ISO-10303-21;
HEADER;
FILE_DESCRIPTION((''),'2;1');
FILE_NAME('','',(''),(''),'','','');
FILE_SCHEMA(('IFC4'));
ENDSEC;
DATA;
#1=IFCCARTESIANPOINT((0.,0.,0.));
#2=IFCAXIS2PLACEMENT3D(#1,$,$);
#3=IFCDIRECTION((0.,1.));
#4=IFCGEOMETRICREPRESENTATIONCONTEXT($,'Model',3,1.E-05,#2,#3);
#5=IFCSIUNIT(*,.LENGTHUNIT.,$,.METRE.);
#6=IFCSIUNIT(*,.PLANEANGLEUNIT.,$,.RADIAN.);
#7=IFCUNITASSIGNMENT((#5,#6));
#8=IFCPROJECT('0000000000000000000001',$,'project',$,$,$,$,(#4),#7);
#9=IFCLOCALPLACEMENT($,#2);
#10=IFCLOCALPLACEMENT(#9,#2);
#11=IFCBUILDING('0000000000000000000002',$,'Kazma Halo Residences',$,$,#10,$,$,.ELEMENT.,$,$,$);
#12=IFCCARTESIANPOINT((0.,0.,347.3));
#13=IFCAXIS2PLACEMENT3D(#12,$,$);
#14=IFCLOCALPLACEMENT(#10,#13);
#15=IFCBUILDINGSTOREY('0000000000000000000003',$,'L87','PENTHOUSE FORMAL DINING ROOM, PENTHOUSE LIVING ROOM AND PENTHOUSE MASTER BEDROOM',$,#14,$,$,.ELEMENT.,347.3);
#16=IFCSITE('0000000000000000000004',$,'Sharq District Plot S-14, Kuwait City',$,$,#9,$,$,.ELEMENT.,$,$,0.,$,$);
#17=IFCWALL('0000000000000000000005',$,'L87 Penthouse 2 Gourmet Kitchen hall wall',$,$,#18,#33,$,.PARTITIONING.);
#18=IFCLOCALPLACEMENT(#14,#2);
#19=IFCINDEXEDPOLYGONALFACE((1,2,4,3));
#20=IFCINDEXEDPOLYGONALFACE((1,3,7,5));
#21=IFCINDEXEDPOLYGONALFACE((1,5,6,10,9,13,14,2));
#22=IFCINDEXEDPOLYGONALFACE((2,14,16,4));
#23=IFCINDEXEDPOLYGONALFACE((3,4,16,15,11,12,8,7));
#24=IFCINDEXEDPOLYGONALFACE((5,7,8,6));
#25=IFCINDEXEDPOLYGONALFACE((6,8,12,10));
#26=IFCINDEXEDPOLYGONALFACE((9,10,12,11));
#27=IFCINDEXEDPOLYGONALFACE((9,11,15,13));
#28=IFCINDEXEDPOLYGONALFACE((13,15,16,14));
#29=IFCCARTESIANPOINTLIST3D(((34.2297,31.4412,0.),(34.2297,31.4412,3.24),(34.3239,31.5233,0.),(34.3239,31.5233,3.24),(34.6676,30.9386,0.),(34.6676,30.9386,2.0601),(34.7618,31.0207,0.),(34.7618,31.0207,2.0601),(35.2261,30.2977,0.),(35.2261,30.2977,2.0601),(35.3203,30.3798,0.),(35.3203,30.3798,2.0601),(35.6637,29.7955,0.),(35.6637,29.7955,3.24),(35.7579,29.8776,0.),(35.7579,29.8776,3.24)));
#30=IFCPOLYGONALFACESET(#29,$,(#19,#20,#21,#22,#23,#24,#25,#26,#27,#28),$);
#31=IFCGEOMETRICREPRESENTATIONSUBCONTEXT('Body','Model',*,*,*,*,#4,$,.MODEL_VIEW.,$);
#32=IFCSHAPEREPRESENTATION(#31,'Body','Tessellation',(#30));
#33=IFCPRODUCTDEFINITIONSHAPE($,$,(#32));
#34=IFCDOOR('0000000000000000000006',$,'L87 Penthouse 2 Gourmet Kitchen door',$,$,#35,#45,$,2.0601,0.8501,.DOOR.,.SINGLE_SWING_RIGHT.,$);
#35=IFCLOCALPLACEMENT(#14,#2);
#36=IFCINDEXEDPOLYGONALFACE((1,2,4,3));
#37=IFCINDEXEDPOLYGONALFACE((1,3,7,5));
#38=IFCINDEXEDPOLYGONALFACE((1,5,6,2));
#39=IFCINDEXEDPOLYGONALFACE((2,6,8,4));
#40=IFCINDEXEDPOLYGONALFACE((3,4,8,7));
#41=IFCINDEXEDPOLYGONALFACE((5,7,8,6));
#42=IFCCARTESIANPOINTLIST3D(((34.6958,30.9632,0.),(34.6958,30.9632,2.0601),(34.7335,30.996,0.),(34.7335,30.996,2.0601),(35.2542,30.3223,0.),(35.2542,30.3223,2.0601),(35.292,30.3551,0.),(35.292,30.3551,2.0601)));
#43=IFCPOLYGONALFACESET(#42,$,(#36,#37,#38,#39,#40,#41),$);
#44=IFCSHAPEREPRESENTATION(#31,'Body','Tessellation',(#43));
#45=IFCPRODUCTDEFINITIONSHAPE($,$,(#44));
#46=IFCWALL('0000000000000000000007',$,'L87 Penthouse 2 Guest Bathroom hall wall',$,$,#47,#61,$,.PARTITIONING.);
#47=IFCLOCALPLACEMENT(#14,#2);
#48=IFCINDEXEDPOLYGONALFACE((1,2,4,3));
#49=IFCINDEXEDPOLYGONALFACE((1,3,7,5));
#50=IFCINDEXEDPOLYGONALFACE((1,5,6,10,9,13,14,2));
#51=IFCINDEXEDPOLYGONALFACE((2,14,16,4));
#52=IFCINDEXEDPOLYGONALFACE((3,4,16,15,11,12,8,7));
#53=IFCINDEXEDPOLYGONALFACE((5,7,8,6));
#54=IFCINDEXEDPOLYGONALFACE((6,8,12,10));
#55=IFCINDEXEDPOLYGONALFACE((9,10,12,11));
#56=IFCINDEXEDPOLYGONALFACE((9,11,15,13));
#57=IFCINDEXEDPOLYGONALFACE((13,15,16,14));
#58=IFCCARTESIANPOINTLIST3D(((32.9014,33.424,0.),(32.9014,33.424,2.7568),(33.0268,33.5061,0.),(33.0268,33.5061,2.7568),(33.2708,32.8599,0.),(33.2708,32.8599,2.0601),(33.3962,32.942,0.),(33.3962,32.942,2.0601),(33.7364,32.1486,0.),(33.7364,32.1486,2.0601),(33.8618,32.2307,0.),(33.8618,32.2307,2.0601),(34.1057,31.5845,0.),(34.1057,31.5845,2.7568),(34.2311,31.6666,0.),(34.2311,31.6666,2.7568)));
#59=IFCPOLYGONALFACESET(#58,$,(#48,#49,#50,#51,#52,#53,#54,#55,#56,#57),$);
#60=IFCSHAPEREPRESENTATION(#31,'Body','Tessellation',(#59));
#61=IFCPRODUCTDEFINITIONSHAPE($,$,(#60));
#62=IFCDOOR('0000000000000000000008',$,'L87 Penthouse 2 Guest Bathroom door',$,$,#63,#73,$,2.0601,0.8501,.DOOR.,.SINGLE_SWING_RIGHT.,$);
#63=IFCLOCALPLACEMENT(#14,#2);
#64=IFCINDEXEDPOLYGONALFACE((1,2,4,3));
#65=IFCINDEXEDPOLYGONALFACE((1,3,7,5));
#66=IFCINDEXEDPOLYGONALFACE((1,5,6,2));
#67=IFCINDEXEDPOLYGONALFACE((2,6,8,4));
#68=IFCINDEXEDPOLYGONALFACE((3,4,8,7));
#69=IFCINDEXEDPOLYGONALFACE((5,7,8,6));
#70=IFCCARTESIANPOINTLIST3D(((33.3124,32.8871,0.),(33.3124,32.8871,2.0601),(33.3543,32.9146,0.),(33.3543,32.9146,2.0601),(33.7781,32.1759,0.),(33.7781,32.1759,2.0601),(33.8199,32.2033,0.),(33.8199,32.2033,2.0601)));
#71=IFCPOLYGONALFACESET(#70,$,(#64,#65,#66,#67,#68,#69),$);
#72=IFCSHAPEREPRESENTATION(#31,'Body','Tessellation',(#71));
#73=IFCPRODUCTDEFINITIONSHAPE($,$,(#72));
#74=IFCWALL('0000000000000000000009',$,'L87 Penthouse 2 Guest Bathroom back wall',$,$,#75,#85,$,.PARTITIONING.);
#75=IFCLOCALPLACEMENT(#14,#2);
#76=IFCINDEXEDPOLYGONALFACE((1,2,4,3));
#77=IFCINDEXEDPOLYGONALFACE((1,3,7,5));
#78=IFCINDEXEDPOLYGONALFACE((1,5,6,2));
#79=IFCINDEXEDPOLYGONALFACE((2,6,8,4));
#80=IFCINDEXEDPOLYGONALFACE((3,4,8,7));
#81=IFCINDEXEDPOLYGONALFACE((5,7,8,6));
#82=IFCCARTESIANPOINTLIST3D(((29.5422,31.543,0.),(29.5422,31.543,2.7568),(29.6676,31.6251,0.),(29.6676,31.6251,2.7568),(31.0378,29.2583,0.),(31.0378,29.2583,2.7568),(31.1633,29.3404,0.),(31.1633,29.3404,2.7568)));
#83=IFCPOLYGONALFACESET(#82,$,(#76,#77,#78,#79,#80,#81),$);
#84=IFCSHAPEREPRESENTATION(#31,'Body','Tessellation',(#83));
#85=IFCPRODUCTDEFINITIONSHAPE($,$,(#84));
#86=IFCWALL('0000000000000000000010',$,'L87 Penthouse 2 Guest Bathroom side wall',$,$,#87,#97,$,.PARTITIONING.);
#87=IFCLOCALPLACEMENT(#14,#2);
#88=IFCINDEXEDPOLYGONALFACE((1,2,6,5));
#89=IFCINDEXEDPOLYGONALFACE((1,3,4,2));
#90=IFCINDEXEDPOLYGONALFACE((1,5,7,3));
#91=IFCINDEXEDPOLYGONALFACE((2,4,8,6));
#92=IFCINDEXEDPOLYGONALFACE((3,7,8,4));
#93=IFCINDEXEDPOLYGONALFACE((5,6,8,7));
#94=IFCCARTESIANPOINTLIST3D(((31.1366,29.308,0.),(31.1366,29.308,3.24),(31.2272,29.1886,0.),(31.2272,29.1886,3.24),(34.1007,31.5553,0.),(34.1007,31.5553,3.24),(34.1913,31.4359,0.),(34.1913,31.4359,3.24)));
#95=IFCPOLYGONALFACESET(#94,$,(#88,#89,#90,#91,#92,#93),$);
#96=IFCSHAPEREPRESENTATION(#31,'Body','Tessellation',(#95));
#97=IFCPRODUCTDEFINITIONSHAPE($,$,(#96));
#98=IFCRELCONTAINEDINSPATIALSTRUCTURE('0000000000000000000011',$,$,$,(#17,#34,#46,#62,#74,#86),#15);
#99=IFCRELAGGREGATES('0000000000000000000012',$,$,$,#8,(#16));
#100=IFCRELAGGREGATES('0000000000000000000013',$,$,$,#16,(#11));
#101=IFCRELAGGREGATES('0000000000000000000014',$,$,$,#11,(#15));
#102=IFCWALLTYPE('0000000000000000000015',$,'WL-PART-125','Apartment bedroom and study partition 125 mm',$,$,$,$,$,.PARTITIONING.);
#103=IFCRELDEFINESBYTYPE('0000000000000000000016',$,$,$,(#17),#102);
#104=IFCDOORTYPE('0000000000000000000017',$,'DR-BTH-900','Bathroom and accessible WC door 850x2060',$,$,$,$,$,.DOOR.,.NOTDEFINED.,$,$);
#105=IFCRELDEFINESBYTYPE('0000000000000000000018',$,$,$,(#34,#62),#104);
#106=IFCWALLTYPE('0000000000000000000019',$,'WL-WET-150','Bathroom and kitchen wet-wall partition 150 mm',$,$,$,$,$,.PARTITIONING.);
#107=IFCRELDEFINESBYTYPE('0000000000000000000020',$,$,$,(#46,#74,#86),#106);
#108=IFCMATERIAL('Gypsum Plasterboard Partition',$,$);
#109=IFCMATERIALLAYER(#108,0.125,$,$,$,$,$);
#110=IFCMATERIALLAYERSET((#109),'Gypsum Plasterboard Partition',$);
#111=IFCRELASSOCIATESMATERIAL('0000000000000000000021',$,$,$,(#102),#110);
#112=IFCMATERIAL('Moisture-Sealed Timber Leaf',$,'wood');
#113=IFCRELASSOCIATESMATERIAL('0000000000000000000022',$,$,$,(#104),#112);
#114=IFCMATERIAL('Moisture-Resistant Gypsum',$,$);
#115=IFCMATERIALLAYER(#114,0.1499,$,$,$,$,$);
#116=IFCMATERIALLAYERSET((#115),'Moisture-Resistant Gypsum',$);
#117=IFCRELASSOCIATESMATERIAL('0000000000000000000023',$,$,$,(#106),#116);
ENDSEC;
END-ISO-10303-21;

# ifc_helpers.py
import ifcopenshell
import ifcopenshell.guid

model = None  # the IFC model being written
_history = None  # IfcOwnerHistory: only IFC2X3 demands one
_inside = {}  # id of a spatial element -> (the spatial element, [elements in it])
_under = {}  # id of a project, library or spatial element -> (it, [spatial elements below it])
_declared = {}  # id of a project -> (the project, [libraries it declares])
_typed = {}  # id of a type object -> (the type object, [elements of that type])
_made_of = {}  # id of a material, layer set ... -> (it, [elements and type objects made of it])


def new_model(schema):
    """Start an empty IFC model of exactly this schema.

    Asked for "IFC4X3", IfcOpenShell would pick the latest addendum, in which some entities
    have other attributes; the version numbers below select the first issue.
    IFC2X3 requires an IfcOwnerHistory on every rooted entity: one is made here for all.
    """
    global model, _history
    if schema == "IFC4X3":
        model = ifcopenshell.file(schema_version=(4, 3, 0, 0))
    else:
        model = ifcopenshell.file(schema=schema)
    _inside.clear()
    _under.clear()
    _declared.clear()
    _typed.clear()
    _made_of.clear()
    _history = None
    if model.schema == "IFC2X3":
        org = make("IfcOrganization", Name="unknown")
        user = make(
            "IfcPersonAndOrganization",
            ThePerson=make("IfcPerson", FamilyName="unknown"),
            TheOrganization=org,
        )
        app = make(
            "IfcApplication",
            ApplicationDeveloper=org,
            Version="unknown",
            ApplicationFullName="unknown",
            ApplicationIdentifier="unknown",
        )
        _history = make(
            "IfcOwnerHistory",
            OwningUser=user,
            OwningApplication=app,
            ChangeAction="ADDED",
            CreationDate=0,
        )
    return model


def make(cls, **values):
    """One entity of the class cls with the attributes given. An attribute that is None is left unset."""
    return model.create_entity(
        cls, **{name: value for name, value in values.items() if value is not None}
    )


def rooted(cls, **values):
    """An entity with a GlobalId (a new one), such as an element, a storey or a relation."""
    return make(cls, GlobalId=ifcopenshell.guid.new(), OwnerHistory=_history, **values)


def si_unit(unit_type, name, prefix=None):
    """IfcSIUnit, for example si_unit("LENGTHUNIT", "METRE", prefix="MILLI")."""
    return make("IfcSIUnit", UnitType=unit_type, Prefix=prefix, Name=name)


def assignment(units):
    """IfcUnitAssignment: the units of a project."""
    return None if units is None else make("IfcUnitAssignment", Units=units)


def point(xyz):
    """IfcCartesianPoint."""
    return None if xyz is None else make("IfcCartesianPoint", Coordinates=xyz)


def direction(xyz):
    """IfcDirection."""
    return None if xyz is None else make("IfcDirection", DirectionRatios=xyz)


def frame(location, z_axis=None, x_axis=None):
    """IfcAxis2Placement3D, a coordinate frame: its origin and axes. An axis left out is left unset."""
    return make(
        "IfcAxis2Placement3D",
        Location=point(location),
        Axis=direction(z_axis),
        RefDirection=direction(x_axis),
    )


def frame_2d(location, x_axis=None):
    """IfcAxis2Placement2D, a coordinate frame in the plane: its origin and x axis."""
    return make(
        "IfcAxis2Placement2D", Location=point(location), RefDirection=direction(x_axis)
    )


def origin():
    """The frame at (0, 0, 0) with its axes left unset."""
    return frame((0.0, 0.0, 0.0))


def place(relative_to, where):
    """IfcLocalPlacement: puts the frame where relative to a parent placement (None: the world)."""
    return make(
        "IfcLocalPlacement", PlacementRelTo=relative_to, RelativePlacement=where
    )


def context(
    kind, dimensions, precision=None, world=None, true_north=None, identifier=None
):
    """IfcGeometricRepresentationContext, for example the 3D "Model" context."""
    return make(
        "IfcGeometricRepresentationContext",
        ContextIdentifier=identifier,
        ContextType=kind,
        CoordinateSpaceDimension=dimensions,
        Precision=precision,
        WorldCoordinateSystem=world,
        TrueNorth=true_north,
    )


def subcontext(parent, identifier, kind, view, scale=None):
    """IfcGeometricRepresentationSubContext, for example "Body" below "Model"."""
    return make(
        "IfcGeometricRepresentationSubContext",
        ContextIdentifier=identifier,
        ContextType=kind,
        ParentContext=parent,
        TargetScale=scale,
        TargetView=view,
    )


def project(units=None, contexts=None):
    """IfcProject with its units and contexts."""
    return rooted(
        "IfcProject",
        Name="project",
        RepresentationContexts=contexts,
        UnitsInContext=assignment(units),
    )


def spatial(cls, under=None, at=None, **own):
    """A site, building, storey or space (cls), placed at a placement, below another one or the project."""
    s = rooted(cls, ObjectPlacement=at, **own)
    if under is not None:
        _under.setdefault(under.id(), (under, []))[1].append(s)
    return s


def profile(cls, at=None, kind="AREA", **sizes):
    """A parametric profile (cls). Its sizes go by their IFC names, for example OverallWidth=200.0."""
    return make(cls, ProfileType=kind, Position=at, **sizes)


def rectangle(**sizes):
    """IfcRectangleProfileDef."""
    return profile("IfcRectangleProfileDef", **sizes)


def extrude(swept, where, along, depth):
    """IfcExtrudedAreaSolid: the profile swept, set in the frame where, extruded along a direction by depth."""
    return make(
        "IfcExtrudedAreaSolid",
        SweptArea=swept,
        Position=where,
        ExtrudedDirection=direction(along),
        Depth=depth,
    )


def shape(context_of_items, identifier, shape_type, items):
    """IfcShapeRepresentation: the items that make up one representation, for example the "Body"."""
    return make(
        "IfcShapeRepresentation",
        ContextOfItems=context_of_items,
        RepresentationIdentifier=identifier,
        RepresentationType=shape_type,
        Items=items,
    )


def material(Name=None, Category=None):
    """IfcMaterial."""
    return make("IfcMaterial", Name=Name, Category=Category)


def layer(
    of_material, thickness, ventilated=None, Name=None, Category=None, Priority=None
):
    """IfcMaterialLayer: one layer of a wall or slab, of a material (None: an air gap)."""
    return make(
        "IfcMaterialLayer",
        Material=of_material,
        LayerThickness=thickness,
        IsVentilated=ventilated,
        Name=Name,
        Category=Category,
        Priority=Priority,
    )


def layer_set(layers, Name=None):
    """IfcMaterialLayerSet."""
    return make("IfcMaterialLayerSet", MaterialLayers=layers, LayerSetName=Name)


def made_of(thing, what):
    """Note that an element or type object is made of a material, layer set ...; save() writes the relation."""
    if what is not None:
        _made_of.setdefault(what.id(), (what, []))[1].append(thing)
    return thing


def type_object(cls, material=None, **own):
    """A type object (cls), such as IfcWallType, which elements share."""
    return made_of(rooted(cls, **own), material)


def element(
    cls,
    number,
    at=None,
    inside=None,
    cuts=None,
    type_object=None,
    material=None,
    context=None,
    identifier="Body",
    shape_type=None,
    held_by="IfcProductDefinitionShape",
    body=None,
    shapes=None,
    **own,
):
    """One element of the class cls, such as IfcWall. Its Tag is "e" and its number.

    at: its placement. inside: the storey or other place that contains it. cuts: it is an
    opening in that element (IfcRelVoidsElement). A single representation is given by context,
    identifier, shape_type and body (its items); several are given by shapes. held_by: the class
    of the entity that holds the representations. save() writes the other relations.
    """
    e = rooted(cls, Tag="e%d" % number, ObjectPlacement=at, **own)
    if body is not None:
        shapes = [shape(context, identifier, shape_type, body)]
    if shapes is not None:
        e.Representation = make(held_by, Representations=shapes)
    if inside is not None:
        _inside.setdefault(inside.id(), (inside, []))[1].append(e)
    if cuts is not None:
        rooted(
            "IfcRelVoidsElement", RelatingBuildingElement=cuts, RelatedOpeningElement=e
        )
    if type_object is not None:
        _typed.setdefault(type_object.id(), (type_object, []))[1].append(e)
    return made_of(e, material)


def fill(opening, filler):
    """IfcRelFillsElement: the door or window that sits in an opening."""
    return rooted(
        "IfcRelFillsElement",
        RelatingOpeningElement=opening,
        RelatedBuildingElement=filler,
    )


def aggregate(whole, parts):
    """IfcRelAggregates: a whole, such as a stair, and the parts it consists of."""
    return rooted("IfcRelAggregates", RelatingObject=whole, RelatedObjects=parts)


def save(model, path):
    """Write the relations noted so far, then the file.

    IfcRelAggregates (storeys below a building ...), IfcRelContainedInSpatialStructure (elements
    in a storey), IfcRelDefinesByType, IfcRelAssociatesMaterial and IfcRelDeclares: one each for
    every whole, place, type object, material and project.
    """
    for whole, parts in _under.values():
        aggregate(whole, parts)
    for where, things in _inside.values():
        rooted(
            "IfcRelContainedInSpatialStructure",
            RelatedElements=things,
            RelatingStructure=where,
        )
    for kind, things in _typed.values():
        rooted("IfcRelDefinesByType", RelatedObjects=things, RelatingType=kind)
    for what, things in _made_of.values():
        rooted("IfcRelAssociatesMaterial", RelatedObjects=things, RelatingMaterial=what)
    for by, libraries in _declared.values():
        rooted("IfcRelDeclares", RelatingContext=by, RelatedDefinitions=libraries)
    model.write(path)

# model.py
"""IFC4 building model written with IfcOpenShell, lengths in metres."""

from ifc_helpers import new_model, si_unit, direction, frame, frame_2d, origin, place, context, subcontext, project, spatial, rectangle, extrude, material, layer, layer_set, type_object, element, fill, save


model = new_model("IFC4")

# Units and contexts
model_context = context("Model", 3, precision=1e-05, world=origin(), true_north=direction((0.0, 1.0)))
body_context = subcontext(model_context, "Body", "Model", "MODEL_VIEW")
ifc_project = project(units=[si_unit("LENGTHUNIT", "METRE"), si_unit("PLANEANGLEUNIT", "RADIAN")], contexts=[model_context])

# Site, building, storey
site_placement = place(None, origin())
site = spatial("IfcSite", under=ifc_project, at=site_placement, Name="Sharq District Plot S-14, Kuwait City", CompositionType="ELEMENT", RefElevation=0.0)
building_placement = place(site_placement, origin())
building = spatial("IfcBuilding", under=site, at=building_placement, Name="Kazma Halo Residences", CompositionType="ELEMENT")
storey_placement = place(building_placement, frame((0.0, 0.0, 347.3)))
storey = spatial("IfcBuildingStorey", under=building, at=storey_placement, Name="L87", Description="PENTHOUSE FORMAL DINING ROOM, PENTHOUSE LIVING ROOM AND PENTHOUSE MASTER BEDROOM", CompositionType="ELEMENT", Elevation=347.3)

# Shared definitions
ifc_material_1 = material(Name="Gypsum Plasterboard Partition")
ifc_layer_1 = layer(ifc_material_1, 0.125)
ifc_layer_set_1 = layer_set([ifc_layer_1], Name="Gypsum Plasterboard Partition")
wall_type_1 = type_object("IfcWallType", Name="WL-PART-125", Description="Apartment bedroom and study partition 125 mm", PredefinedType="PARTITIONING", material=ifc_layer_set_1)
ifc_material_2 = material(Name="Moisture-Sealed Timber Leaf", Category="wood")
door_type_1 = type_object("IfcDoorType", Name="DR-BTH-900", Description="Bathroom and accessible WC door 850x2060", OperationType="NOTDEFINED", PredefinedType="DOOR", material=ifc_material_2)

# Walls, openings, doors
wall_1_placement = place(storey_placement, frame((34.2769, 31.4822, 0.0), z_axis=(0.0, 0.0, 1.0), x_axis=(0.656959, -0.753926, 0.0)))
wall_1 = element("IfcWall", 1, at=wall_1_placement, inside=storey, type_object=wall_type_1, Name="L87 Penthouse 2 Gourmet Kitchen hall wall", PredefinedType="PARTITIONING", context=body_context, shape_type="SweptSolid", body=[
    extrude(rectangle(XDim=2.1829, YDim=0.125, at=frame_2d((1.0913, 0.0))), origin(), (0.0, 0.0, 1.0), 3.24),
])
opening_1_placement = place(wall_1_placement, frame((0.6665, 0.0, 0.0)))
opening_1 = element("IfcOpeningElement", 2, at=opening_1_placement, cuts=wall_1, PredefinedType="OPENING", context=body_context, shape_type="SweptSolid", body=[
    extrude(rectangle(XDim=0.8501, YDim=2.0601, at=frame_2d((0.425, 1.03))), frame((0.0, 0.0725, 0.0), z_axis=(0.0, -1.0, 0.0), x_axis=(1.0, 0.0, 0.0)), (0.0, 0.0, 1.0), 0.145),
])
door_1_placement = place(opening_1_placement, origin())
door_1 = element("IfcDoor", 3, at=door_1_placement, inside=storey, type_object=door_type_1, Name="L87 Penthouse 2 Gourmet Kitchen door", OperationType="SINGLE_SWING_RIGHT", OverallHeight=2.0601, OverallWidth=0.8501, PredefinedType="DOOR", context=body_context, shape_type="SweptSolid", body=[
    extrude(rectangle(XDim=0.8501, YDim=2.0601, at=frame_2d((0.425, 1.03))), frame((0.0, 0.0249, 0.0), z_axis=(0.0, -1.0, 0.0), x_axis=(1.0, 0.0, 0.0)), (0.0, 0.0, 1.0), 0.05),
])
fill(opening_1, door_1)
ifc_material_3 = material(Name="Moisture-Resistant Gypsum")
ifc_layer_2 = layer(ifc_material_3, 0.1499)
ifc_layer_set_2 = layer_set([ifc_layer_2], Name="Moisture-Resistant Gypsum")
wall_type_2 = type_object("IfcWallType", Name="WL-WET-150", Description="Bathroom and kitchen wet-wall partition 150 mm", PredefinedType="PARTITIONING", material=ifc_layer_set_2)
wall_2_placement = place(storey_placement, frame((32.9641, 33.4651, 0.0), z_axis=(0.0, 0.0, 1.0), x_axis=(0.547737, -0.836651, 0.0)))
wall_2 = element("IfcWall", 4, at=wall_2_placement, inside=storey, type_object=wall_type_2, Name="L87 Penthouse 2 Guest Bathroom hall wall", PredefinedType="PARTITIONING", context=body_context, shape_type="SweptSolid", body=[
    extrude(rectangle(XDim=2.1987, YDim=0.1499, at=frame_2d((1.0994, 0.0))), origin(), (0.0, 0.0, 1.0), 2.7568),
])
opening_2_placement = place(wall_2_placement, frame((0.6743, 0.0, 0.0)))
opening_2 = element("IfcOpeningElement", 5, at=opening_2_placement, cuts=wall_2, PredefinedType="OPENING", context=body_context, shape_type="SweptSolid", body=[
    extrude(rectangle(XDim=0.8501, YDim=2.0601, at=frame_2d((0.425, 1.03))), frame((0.0, 0.085, 0.0), z_axis=(0.0, -1.0, 0.0), x_axis=(1.0, 0.0, 0.0)), (0.0, 0.0, 1.0), 0.1699),
])
door_2_placement = place(opening_2_placement, origin())
door_2 = element("IfcDoor", 6, at=door_2_placement, inside=storey, type_object=door_type_1, Name="L87 Penthouse 2 Guest Bathroom door", OperationType="SINGLE_SWING_RIGHT", OverallHeight=2.0601, OverallWidth=0.8501, PredefinedType="DOOR", context=body_context, shape_type="SweptSolid", body=[
    extrude(rectangle(XDim=0.8501, YDim=2.0601, at=frame_2d((0.425, 1.03))), frame((0.0, 0.0249, 0.0), z_axis=(0.0, -1.0, 0.0), x_axis=(1.0, 0.0, 0.0)), (0.0, 0.0, 1.0), 0.05),
])
fill(opening_2, door_2)

# Walls
wall_3_placement = place(storey_placement, frame((29.605, 31.584, 0.0), z_axis=(0.0, 0.0, 1.0), x_axis=(0.547707, -0.83667, 0.0)))
element("IfcWall", 7, at=wall_3_placement, inside=storey, type_object=wall_type_2, Name="L87 Penthouse 2 Guest Bathroom back wall", PredefinedType="PARTITIONING", context=body_context, shape_type="SweptSolid", body=[
    extrude(rectangle(XDim=2.7307, YDim=0.1499, at=frame_2d((1.3652, 0.0))), origin(), (0.0, 0.0, 1.0), 2.7568),
])
wall_4_placement = place(storey_placement, frame((34.146, 31.4956, 0.0), z_axis=(0.0, 0.0, 1.0), x_axis=(-0.796862, -0.604161, 0.0)))
element("IfcWall", 8, at=wall_4_placement, inside=storey, type_object=wall_type_2, Name="L87 Penthouse 2 Guest Bathroom side wall", PredefinedType="PARTITIONING", context=body_context, shape_type="SweptSolid", body=[
    extrude(rectangle(XDim=3.7197, YDim=0.1499, at=frame_2d((1.8599, 0.0))), origin(), (0.0, 0.0, 1.0), 3.24),
])

save(model, "model.ifc")
